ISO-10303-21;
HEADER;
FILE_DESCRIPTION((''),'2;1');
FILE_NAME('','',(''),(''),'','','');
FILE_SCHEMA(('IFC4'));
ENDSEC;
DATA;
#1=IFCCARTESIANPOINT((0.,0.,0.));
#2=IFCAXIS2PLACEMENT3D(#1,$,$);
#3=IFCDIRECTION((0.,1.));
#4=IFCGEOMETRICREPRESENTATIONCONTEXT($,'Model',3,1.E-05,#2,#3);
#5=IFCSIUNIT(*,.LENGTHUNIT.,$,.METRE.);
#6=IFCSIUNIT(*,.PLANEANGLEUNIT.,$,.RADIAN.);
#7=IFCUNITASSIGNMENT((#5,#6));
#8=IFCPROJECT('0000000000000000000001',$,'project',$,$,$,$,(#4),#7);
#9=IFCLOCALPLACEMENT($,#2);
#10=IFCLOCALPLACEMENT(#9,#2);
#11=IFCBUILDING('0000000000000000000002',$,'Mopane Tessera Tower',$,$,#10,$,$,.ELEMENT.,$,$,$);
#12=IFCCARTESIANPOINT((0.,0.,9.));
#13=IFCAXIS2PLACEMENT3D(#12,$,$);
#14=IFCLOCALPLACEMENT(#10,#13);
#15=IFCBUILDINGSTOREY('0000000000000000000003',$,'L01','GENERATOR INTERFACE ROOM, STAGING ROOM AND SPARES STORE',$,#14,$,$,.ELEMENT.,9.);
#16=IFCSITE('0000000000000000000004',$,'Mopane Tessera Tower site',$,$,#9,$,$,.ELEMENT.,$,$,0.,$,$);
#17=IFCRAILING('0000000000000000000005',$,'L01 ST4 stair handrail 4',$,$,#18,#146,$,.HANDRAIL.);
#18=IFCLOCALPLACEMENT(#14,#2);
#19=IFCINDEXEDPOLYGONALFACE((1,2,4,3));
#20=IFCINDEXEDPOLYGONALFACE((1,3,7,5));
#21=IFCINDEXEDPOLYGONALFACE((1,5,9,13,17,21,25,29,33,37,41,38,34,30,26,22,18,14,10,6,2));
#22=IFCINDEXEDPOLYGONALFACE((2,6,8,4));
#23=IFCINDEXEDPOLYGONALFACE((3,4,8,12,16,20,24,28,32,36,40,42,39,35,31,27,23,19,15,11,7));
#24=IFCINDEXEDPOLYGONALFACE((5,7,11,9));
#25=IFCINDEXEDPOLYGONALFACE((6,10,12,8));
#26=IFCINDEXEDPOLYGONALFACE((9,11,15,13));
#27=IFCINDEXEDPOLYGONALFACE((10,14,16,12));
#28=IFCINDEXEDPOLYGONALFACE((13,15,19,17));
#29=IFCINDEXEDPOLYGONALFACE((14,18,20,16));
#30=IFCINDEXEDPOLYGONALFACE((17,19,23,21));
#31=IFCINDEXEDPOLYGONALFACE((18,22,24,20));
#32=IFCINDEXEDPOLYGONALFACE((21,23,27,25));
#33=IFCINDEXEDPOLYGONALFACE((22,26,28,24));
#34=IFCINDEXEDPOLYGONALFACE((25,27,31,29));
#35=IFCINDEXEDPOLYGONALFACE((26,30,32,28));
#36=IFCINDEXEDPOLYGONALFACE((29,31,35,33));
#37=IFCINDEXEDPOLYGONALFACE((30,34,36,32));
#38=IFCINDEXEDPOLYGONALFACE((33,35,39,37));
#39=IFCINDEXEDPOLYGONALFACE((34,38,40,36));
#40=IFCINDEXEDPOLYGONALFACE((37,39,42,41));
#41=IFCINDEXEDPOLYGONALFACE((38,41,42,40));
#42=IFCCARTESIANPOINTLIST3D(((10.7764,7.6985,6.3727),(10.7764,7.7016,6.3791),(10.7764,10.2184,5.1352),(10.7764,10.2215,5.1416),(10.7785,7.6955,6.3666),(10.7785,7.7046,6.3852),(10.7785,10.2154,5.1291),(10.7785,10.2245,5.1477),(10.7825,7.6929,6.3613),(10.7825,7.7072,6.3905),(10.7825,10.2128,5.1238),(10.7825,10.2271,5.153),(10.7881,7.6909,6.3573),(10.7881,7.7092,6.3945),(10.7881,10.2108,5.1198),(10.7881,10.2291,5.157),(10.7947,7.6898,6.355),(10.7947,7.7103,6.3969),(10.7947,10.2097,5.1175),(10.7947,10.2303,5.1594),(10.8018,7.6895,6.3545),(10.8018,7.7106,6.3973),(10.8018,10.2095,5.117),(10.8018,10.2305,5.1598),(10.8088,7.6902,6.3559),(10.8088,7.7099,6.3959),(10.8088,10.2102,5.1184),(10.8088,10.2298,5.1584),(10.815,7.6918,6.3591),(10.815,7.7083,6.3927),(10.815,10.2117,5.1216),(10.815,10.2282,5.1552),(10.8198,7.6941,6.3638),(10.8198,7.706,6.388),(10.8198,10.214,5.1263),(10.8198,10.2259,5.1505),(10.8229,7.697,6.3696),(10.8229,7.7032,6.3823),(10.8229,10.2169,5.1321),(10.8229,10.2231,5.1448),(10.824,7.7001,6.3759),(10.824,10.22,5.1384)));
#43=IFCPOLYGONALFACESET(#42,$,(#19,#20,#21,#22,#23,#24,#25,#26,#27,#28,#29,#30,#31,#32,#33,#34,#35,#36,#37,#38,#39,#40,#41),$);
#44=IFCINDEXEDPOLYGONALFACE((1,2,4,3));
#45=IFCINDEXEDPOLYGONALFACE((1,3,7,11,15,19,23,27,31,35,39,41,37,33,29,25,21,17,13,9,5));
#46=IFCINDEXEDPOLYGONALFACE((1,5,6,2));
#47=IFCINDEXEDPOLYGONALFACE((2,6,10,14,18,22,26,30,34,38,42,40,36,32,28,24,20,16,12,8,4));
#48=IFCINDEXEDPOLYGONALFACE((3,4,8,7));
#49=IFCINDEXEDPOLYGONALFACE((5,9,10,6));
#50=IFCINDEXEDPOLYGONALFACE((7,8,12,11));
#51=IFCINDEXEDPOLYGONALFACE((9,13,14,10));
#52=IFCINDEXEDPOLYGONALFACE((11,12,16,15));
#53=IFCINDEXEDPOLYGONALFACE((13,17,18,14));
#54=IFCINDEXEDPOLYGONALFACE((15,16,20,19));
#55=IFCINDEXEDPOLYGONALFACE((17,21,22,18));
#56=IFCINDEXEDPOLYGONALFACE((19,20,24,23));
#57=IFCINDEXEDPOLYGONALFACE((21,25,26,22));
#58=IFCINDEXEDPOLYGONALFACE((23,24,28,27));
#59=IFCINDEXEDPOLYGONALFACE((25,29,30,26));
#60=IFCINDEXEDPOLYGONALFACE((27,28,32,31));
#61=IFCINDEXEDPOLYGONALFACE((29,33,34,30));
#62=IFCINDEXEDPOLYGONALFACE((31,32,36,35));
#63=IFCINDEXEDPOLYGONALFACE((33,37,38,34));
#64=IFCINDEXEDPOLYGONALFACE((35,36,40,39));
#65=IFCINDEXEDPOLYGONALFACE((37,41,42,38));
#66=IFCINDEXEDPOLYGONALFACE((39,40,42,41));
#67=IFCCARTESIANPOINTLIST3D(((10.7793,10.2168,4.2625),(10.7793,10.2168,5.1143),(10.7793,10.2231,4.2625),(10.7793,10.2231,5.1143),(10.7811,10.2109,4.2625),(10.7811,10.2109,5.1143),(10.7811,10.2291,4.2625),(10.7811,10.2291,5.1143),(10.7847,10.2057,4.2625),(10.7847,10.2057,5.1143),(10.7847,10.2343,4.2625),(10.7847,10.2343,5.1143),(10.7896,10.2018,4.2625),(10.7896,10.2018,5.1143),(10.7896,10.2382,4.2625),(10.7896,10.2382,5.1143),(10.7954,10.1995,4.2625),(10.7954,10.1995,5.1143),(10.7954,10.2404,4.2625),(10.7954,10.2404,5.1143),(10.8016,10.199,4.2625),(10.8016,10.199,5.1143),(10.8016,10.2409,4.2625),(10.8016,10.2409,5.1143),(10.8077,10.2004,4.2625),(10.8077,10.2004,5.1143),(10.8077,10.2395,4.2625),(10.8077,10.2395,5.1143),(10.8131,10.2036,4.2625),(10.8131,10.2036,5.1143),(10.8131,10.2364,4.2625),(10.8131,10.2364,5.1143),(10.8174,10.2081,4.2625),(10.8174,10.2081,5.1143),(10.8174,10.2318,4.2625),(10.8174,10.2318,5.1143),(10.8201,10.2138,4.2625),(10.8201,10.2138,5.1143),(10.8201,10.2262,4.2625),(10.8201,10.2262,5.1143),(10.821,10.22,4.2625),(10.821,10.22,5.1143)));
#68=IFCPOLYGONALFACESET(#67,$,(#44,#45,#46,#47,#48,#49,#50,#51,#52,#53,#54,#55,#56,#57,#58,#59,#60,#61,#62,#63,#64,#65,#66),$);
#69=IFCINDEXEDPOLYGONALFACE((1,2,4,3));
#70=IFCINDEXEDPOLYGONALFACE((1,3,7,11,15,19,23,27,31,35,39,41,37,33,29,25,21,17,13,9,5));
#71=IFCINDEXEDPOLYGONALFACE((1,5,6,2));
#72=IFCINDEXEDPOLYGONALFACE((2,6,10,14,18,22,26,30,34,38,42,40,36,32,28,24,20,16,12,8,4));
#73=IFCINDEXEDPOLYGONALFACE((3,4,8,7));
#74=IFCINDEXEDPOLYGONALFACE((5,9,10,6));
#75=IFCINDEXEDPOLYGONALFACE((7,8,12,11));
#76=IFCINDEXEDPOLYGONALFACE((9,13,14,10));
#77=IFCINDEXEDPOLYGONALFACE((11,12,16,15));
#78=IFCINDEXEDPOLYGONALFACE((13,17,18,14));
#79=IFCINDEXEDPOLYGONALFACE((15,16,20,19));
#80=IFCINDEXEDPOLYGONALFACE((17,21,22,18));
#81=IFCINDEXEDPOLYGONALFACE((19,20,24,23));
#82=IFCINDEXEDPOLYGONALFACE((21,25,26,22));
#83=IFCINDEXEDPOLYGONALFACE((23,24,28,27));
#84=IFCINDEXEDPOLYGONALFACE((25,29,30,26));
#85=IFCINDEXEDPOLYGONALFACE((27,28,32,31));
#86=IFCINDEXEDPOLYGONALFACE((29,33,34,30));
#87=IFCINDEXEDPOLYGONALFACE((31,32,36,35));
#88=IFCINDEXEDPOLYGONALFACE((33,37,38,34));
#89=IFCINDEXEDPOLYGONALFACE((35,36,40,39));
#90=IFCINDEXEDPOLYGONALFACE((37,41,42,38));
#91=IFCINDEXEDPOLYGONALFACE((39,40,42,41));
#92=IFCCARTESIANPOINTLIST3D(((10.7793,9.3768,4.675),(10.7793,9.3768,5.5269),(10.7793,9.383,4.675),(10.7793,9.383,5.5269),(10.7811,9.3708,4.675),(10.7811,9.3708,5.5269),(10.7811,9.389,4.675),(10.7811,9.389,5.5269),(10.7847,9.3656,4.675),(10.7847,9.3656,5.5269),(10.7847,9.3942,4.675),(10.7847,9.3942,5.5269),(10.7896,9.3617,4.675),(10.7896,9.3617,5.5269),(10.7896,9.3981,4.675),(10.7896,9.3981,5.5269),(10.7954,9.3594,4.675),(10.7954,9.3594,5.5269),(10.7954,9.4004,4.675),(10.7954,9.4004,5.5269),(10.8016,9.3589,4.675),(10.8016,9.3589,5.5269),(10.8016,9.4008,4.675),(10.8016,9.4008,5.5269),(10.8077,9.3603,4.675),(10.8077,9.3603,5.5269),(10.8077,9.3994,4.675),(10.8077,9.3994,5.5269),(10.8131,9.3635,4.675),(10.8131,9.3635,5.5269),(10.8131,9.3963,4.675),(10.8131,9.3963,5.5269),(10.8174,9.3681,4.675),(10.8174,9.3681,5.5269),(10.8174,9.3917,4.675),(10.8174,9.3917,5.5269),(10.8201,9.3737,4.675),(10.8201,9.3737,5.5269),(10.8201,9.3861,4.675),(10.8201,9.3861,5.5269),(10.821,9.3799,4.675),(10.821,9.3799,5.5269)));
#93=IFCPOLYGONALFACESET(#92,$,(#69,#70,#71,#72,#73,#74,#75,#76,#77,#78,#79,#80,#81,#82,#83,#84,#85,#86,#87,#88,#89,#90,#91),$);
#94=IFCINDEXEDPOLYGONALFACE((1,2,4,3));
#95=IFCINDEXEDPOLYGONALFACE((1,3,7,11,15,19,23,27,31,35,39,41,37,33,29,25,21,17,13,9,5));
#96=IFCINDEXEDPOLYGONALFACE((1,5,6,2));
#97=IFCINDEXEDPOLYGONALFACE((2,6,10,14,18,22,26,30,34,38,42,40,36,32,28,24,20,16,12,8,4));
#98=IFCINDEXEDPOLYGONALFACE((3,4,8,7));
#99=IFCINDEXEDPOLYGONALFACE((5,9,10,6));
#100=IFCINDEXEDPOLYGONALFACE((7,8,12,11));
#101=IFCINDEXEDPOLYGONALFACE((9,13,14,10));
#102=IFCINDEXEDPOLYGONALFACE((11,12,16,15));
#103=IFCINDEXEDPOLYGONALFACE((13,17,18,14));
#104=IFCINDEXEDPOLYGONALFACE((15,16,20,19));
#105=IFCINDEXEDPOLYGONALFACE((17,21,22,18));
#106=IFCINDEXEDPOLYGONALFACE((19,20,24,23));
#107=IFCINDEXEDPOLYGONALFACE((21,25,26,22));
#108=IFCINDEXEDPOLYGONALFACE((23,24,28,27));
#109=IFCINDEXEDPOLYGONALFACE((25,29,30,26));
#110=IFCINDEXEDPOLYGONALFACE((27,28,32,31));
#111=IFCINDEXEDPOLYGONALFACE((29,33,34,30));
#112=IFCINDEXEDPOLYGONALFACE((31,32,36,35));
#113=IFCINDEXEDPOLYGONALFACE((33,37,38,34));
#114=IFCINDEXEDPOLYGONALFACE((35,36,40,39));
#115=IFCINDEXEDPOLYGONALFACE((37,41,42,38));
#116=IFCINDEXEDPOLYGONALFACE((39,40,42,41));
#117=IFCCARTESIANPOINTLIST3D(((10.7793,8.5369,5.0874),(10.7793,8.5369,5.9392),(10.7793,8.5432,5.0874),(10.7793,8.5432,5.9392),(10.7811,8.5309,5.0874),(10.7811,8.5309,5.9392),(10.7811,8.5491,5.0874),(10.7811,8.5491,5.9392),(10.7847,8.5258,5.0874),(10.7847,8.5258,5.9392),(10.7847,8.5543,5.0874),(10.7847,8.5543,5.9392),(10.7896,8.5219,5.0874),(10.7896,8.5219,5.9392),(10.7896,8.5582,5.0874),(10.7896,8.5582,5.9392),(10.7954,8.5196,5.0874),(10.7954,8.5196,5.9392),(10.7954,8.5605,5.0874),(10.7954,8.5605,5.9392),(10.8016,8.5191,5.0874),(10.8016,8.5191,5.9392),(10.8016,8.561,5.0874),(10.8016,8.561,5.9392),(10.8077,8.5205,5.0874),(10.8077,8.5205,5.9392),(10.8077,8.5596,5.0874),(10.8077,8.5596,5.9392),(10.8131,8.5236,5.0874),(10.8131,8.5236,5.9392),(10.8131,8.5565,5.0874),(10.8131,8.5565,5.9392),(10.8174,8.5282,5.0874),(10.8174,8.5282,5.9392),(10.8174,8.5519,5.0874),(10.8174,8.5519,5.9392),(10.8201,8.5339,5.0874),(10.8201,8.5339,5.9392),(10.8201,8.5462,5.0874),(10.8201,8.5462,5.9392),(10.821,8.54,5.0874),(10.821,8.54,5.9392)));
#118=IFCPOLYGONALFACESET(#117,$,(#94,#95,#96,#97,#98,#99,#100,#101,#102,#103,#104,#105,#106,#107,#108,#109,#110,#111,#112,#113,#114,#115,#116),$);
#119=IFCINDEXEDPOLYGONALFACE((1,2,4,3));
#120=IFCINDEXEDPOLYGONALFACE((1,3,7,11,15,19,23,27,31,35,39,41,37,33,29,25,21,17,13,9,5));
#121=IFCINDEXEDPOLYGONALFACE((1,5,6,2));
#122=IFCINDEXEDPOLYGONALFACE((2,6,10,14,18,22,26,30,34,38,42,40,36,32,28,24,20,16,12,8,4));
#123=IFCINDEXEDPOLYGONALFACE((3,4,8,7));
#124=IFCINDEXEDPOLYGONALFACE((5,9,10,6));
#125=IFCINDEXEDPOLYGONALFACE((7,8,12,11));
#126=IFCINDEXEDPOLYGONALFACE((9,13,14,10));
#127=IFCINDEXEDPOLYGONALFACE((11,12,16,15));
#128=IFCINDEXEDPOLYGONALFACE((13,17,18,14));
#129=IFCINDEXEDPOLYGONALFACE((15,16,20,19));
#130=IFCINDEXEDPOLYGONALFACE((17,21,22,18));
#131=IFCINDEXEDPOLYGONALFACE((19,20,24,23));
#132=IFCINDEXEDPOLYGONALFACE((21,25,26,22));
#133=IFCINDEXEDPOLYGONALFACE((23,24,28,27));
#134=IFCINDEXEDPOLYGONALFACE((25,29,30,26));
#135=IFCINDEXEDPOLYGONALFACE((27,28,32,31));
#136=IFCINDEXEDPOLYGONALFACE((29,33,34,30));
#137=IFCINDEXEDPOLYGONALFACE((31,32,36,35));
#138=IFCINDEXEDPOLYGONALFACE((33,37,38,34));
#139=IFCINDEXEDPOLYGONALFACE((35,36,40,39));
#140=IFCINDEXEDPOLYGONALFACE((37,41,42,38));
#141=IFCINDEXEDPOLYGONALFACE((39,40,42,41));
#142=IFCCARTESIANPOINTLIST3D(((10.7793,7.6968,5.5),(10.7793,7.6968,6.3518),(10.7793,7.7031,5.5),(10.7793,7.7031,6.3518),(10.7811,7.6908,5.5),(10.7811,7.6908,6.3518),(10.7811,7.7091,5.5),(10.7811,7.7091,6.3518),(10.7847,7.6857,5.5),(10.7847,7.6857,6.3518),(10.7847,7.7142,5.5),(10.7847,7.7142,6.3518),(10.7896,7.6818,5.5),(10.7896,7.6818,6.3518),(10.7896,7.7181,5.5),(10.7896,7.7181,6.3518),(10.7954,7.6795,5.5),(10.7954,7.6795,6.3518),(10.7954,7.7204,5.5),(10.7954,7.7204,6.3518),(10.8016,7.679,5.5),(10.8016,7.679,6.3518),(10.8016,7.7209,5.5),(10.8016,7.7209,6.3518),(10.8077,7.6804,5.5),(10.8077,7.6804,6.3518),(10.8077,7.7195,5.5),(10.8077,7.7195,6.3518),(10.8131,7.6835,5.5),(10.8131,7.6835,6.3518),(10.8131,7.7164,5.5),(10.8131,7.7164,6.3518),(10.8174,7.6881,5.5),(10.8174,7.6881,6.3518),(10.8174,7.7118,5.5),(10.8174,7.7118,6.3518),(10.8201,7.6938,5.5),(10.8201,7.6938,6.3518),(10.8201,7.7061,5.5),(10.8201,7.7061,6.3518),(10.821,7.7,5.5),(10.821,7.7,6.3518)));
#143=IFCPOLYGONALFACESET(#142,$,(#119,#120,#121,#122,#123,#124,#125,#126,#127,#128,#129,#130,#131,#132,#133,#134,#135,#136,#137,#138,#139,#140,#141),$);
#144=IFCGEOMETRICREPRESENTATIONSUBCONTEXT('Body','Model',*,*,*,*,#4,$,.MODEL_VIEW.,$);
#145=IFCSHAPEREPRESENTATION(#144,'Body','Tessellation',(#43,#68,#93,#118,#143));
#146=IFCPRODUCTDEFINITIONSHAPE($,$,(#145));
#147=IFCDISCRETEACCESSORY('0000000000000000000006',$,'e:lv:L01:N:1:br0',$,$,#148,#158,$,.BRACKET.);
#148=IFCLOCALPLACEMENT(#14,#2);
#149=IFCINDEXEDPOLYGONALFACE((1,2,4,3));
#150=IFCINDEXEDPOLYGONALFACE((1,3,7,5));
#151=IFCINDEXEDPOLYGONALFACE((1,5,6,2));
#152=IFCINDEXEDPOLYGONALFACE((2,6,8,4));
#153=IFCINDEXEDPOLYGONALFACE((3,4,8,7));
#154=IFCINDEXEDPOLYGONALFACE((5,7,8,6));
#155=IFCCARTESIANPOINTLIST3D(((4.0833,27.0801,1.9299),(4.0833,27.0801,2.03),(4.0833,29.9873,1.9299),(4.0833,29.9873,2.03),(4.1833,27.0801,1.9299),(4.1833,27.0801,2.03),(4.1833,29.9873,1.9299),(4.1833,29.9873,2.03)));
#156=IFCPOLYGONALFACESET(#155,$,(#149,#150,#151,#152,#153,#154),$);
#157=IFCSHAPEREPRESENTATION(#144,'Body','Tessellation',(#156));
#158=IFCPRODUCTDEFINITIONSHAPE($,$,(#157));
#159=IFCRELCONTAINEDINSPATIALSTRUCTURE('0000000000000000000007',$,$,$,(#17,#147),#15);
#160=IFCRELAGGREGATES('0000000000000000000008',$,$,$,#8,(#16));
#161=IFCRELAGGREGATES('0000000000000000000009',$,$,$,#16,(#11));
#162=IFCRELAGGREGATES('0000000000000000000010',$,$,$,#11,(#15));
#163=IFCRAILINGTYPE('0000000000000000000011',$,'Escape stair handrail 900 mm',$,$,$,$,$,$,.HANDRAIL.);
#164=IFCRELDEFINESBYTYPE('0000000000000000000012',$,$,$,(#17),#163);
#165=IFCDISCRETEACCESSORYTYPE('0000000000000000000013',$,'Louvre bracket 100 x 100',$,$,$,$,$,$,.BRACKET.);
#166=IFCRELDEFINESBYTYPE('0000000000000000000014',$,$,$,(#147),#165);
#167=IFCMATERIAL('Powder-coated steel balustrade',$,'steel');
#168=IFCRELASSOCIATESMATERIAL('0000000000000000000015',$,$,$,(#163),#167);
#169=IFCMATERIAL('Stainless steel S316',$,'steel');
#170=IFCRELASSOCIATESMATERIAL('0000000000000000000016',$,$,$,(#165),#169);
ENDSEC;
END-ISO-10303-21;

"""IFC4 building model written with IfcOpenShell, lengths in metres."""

from ifc_helpers import new_model, si_unit, direction, frame, origin, origin_2d, place, context, subcontext, project, spatial, rectangle, circle, extrude, material, type_object, element, save


model = new_model("IFC4")

# Units and contexts
model_context = context("Model", 3, precision=1e-05, world=origin(), true_north=direction((0.0, 1.0)))
body_context = subcontext(model_context, "Body", "Model", "MODEL_VIEW")
ifc_project = project(units=[si_unit("LENGTHUNIT", "METRE"), si_unit("PLANEANGLEUNIT", "RADIAN")], contexts=[model_context])

# Site, building, storey
site_placement = place(None, origin())
site = spatial("IfcSite", under=ifc_project, at=site_placement, Name="Mopane Tessera Tower site", CompositionType="ELEMENT", RefElevation=0.0)
building_placement = place(site_placement, origin())
building = spatial("IfcBuilding", under=site, at=building_placement, Name="Mopane Tessera Tower", CompositionType="ELEMENT")
storey_placement = place(building_placement, frame((0.0, 0.0, 9.0)))
storey = spatial("IfcBuildingStorey", under=building, at=storey_placement, Name="L01", Description="GENERATOR INTERFACE ROOM, STAGING ROOM AND SPARES STORE", CompositionType="ELEMENT", Elevation=9.0)

# Railing
ifc_material_1 = material(Name="Powder-coated steel balustrade", Category="steel")
railing_type_1 = type_object("IfcRailingType", Name="Escape stair handrail 900 mm", PredefinedType="HANDRAIL", material=ifc_material_1)
for number, where, name in (
    (1, (10.8, 10.22, 4.2625), "L01 ST4 stair handrail 4"),
):
    element("IfcRailing", number, at=place(storey_placement, frame(where)), inside=storey, type_object=railing_type_1, Name=name, PredefinedType="HANDRAIL", context=body_context, shape_type="SweptSolid", body=[
        extrude(circle(Radius=0.0239, at=origin_2d()), frame((0.0, 0.0, 0.876), z_axis=(0.0, -0.897604, 0.440802), x_axis=(1.0, 0.0, 0.0)), (0.0, 0.0, 1.0), 2.8074),
        extrude(circle(Radius=0.021, at=origin_2d()), origin(), (0.0, 0.0, 1.0), 0.8518),
        extrude(circle(Radius=0.021, at=origin_2d()), frame((0.0, -0.8401, 0.4126)), (0.0, 0.0, 1.0), 0.8518),
        extrude(circle(Radius=0.021, at=origin_2d()), frame((0.0, -1.6799, 0.825)), (0.0, 0.0, 1.0), 0.8518),
        extrude(circle(Radius=0.021, at=origin_2d()), frame((0.0, -2.52, 1.2375)), (0.0, 0.0, 1.0), 0.8518),
    ])

# Discrete accessory
ifc_material_2 = material(Name="Stainless steel S316", Category="steel")
discrete_accessory_type = type_object("IfcDiscreteAccessoryType", Name="Louvre bracket 100 x 100", PredefinedType="BRACKET", material=ifc_material_2)
discrete_accessory_placement = place(storey_placement, frame((4.1333, 28.5337, 1.9299), z_axis=(0.0, 0.0, 1.0), x_axis=(0.0, 1.0, 0.0)))
element("IfcDiscreteAccessory", 2, at=discrete_accessory_placement, inside=storey, type_object=discrete_accessory_type, Name="e:lv:L01:N:1:br0", PredefinedType="BRACKET", context=body_context, shape_type="SweptSolid", body=[
    extrude(rectangle(XDim=2.9072, YDim=0.1001, at=origin_2d()), origin(), (0.0, 0.0, 1.0), 0.1001),
])

save(model, "model.ifc")
